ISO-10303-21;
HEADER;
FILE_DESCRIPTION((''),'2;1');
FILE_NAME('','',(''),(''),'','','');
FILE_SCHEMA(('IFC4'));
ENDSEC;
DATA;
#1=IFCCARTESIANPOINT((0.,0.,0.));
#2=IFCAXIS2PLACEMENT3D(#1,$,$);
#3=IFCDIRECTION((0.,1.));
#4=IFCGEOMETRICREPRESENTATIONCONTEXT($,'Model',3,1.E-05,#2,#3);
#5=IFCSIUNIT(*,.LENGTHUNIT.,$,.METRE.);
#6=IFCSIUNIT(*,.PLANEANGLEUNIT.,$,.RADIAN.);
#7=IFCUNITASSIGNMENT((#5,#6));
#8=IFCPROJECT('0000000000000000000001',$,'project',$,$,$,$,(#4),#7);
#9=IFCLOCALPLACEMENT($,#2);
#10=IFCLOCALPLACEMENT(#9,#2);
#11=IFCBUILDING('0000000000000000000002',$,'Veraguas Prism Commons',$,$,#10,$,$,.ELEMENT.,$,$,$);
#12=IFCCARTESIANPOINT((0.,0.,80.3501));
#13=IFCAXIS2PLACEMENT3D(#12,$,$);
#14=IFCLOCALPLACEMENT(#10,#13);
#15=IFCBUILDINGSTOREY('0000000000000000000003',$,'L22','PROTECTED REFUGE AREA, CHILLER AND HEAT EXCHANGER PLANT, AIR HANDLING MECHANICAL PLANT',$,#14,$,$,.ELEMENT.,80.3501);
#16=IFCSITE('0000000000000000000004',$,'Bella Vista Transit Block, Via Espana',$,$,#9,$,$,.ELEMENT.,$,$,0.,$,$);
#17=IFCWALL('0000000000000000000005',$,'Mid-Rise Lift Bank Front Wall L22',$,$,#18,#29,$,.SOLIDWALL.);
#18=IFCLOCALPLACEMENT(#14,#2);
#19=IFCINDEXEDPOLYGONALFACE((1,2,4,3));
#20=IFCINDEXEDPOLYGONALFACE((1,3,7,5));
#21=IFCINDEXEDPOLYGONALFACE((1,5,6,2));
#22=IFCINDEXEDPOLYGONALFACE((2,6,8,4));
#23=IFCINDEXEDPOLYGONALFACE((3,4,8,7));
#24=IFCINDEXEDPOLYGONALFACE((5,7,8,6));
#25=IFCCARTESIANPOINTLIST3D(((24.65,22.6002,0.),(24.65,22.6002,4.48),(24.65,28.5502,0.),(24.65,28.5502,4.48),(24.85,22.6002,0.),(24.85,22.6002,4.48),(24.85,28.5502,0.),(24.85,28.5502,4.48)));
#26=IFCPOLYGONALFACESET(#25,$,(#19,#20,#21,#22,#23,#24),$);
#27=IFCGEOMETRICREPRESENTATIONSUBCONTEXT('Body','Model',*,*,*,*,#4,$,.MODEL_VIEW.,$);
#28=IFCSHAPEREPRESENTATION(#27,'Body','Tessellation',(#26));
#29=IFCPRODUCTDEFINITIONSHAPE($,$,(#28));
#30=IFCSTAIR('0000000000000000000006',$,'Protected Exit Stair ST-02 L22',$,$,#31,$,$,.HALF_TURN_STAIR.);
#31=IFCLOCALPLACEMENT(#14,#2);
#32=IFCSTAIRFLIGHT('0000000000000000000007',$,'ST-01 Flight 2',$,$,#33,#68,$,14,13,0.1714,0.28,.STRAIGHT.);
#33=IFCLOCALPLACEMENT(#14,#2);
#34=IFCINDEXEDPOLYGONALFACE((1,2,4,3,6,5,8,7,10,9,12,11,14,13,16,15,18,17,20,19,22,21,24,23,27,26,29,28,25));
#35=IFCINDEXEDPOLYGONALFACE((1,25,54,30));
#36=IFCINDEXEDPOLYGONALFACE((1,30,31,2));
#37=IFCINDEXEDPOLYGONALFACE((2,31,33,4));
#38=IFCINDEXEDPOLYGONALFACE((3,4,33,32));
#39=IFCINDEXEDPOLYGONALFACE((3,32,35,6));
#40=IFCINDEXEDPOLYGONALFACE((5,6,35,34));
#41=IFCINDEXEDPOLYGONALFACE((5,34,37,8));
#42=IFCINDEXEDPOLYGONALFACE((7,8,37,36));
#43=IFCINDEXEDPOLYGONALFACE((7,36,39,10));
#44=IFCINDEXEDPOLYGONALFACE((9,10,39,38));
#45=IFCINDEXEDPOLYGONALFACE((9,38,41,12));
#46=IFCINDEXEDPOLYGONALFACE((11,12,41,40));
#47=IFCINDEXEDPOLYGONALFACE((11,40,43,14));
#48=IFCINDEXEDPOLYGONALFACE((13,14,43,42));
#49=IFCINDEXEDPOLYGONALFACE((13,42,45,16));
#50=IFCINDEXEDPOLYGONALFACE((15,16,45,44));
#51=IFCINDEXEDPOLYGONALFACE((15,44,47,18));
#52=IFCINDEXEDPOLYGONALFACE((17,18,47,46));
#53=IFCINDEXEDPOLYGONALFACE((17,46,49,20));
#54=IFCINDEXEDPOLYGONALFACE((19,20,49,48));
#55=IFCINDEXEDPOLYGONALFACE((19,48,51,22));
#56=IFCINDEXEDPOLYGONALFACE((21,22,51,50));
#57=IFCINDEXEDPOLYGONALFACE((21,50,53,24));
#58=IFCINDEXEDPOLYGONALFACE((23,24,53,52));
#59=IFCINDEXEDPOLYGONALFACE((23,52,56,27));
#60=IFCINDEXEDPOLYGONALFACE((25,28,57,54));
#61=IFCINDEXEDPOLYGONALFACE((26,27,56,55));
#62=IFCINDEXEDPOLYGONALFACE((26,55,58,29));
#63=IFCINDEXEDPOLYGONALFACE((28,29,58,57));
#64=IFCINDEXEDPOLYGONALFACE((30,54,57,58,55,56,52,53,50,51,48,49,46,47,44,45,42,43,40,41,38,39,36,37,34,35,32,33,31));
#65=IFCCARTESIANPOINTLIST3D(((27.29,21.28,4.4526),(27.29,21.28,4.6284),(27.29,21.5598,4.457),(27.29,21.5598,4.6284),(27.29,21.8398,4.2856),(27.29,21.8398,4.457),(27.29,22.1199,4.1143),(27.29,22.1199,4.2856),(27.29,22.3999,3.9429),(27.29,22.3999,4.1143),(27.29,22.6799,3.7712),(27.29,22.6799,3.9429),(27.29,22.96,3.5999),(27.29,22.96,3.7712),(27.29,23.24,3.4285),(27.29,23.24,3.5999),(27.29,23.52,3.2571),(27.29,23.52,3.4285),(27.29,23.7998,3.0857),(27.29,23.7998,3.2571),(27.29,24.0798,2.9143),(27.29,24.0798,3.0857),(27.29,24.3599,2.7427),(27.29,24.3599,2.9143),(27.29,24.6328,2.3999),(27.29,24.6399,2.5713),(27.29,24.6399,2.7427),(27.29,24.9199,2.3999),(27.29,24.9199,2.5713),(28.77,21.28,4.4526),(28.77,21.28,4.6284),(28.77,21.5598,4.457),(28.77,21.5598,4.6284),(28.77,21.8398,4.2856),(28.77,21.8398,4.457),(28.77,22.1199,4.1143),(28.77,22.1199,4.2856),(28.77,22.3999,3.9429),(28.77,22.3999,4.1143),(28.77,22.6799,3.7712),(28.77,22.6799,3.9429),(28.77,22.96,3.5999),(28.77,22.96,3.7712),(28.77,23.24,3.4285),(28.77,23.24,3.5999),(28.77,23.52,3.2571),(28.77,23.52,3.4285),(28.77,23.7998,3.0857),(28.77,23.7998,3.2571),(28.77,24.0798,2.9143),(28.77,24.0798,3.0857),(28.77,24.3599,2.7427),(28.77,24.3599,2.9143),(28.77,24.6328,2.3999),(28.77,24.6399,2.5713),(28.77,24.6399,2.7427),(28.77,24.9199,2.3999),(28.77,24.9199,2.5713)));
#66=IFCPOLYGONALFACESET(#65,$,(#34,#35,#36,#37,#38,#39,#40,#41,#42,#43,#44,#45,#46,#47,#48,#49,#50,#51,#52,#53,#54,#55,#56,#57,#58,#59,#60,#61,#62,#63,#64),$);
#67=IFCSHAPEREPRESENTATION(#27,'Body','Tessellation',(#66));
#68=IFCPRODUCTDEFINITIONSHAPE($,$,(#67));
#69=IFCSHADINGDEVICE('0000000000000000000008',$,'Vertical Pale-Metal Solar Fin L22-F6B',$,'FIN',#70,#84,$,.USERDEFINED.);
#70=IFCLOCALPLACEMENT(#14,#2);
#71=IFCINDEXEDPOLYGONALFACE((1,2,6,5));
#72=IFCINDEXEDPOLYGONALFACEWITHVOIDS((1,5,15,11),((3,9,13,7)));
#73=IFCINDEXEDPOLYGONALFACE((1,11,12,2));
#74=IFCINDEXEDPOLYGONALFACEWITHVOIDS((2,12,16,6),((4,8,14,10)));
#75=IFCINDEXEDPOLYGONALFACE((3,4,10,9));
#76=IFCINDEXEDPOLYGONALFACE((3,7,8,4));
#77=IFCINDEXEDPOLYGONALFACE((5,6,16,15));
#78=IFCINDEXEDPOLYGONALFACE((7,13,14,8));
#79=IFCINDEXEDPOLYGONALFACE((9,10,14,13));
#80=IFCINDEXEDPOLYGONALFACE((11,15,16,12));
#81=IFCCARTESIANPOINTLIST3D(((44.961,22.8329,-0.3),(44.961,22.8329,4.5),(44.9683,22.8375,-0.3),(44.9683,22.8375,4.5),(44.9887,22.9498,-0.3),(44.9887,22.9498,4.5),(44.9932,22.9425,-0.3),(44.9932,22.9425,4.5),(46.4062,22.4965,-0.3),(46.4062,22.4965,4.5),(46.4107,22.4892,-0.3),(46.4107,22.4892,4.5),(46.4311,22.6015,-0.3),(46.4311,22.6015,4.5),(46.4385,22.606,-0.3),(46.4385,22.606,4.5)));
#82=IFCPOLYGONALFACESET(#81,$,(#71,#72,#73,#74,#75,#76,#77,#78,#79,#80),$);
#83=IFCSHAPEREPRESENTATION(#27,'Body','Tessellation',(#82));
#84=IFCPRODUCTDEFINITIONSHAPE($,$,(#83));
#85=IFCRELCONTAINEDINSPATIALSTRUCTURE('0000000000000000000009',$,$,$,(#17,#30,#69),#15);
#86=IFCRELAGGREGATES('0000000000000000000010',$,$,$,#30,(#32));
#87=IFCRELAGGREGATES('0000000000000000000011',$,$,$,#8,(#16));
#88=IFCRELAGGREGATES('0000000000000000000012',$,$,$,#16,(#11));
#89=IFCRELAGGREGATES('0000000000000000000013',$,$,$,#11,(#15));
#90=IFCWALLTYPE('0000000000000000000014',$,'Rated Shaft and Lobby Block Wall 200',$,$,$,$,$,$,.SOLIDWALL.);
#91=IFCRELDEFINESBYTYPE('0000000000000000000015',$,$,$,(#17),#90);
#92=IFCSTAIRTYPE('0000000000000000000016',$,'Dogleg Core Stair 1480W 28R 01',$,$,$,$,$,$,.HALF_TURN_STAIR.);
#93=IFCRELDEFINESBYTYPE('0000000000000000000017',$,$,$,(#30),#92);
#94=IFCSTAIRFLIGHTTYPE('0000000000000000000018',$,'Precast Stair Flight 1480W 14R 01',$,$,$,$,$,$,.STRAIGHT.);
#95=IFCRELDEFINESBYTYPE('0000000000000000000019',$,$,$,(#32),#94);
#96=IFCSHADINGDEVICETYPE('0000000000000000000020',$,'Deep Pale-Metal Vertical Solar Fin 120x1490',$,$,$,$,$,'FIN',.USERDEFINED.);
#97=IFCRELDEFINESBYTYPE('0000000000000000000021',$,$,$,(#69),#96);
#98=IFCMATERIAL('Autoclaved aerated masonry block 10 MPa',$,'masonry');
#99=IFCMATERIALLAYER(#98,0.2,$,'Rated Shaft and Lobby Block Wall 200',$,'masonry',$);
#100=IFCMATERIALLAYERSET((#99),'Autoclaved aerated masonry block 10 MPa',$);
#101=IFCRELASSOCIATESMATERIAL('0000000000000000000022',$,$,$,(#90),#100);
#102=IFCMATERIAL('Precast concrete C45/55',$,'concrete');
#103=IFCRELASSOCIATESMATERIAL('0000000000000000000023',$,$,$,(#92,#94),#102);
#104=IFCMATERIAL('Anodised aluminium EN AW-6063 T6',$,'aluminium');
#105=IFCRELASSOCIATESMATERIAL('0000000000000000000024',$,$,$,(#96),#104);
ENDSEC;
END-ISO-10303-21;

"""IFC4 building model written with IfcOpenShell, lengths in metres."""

from ifc_helpers import new_model, si_unit, direction, frame, frame_2d, origin, origin_2d, place, context, subcontext, project, spatial, polyline, rectangle, hollow_rectangle, outline, extrude, material, layer, layer_set, material_profile, profile_set, type_object, element, aggregate, save


model = new_model("IFC4")

# Units and contexts
model_context = context("Model", 3, precision=1e-05, world=origin(), true_north=direction((0.0, 1.0)))
body_context = subcontext(model_context, "Body", "Model", "MODEL_VIEW")
ifc_project = project(units=[si_unit("LENGTHUNIT", "METRE"), si_unit("PLANEANGLEUNIT", "RADIAN")], contexts=[model_context])

# Site, building, storey
site_placement = place(None, origin())
site = spatial("IfcSite", under=ifc_project, at=site_placement, Name="Bella Vista Transit Block, Via Espana", CompositionType="ELEMENT", RefElevation=0.0)
building_placement = place(site_placement, origin())
building = spatial("IfcBuilding", under=site, at=building_placement, Name="Veraguas Prism Commons", CompositionType="ELEMENT")
storey_placement = place(building_placement, frame((0.0, 0.0, 80.3501)))
storey = spatial("IfcBuildingStorey", under=building, at=storey_placement, Name="L22", Description="PROTECTED REFUGE AREA, CHILLER AND HEAT EXCHANGER PLANT, AIR HANDLING MECHANICAL PLANT", CompositionType="ELEMENT", Elevation=80.3501)

# Shared definitions
ifc_material_1 = material(Name="Anodised aluminium EN AW-6063 T6", Category="aluminium")

# Wall
ifc_material_2 = material(Name="Autoclaved aerated masonry block 10 MPa", Category="masonry")
ifc_layer_1 = layer(ifc_material_2, 0.2, Name="Rated Shaft and Lobby Block Wall 200", Category="masonry")
ifc_layer_set_1 = layer_set([ifc_layer_1], Name="Autoclaved aerated masonry block 10 MPa")
wall_type_1 = type_object("IfcWallType", Name="Rated Shaft and Lobby Block Wall 200", PredefinedType="SOLIDWALL", material=ifc_layer_set_1)
wall_1_placement = place(storey_placement, frame((24.75, 22.6001, 0.0), z_axis=(0.0, 0.0, 1.0), x_axis=(0.0, 1.0, 0.0)))
element("IfcWall", 1, at=wall_1_placement, inside=storey, type_object=wall_type_1, Name="Mid-Rise Lift Bank Front Wall L22", PredefinedType="SOLIDWALL", context=body_context, shape_type="SweptSolid", body=[
    extrude(rectangle(XDim=5.95, YDim=0.2, at=frame_2d((2.9751, 0.0))), origin(), (0.0, 0.0, 1.0), 4.48),
])

# Stair, stair flight
ifc_material_3 = material(Name="Precast concrete C45/55", Category="concrete")
stair_type = type_object("IfcStairType", Name="Dogleg Core Stair 1480W 28R 01", PredefinedType="HALF_TURN_STAIR", material=ifc_material_3)
stair_placement = place(storey_placement, origin())
stair = element("IfcStair", 2, at=stair_placement, inside=storey, type_object=stair_type, Name="Protected Exit Stair ST-02 L22", PredefinedType="HALF_TURN_STAIR")
stair_flight_type = type_object("IfcStairFlightType", Name="Precast Stair Flight 1480W 14R 01", PredefinedType="STRAIGHT", material=ifc_material_3)
stair_flight_placement = place(storey_placement, frame((28.03, 24.9199, 2.3999), z_axis=(0.0, 0.0, 1.0), x_axis=(0.0, -1.0, 0.0)))
stair_flight = element("IfcStairFlight", 3, at=stair_flight_placement, type_object=stair_flight_type, Name="ST-01 Flight 2", NumberOfRisers=14, NumberOfTreads=13, PredefinedType="STRAIGHT", RiserHeight=0.1714, TreadLength=0.28, context=body_context, shape_type="SweptSolid", body=[
    extrude(outline(polyline([(0.0, 0.0), (0.0, 0.1714), (0.28, 0.1714), (0.28, 0.3428), (0.5601, 0.3428), (0.5601, 0.5144), (0.8401, 0.5144), (0.8401, 0.6858), (1.1201, 0.6858), (1.1201, 0.8572), (1.3999, 0.8572), (1.3999, 1.0286), (1.6799, 1.0286), (1.6799, 1.2), (1.96, 1.2), (1.96, 1.3713), (2.24, 1.3713), (2.24, 1.543), (2.52, 1.543), (2.52, 1.7144), (2.8, 1.7144), (2.8, 1.8857), (3.0801, 1.8857), (3.0801, 2.0571), (3.3601, 2.0571), (3.3601, 2.2285), (3.6399, 2.2285), (3.6399, 2.3999), (3.6399, 2.0527), (0.2871, 0.0), (0.0, 0.0)])), frame((0.0, 0.74, 0.0), z_axis=(0.0, -1.0, 0.0), x_axis=(1.0, 0.0, 0.0)), (0.0, 0.0, 1.0), 1.48),
])
aggregate(stair, [stair_flight])

# Shading device
ifc_material_profile_1 = material_profile(ifc_material_1, hollow_rectangle(XDim=0.1201, YDim=1.49, WallThickness=0.0061, at=origin_2d()), Name="FIN120X1490X6")
ifc_profile_set_1 = profile_set([ifc_material_profile_1], Name="Anodised aluminium EN AW-6063 T6")
shading_device_type = type_object("IfcShadingDeviceType", Name="Deep Pale-Metal Vertical Solar Fin 120x1490", ElementType="FIN", PredefinedType="USERDEFINED", material=ifc_profile_set_1)
shading_device_placement = place(storey_placement, frame((45.6997, 22.7195, -0.3), z_axis=(0.0, 0.0, 1.0), x_axis=(0.230729, 0.973018, 0.0)))
element("IfcShadingDevice", 4, at=shading_device_placement, inside=storey, type_object=shading_device_type, Name="Vertical Pale-Metal Solar Fin L22-F6B", ObjectType="FIN", PredefinedType="USERDEFINED", context=body_context, shape_type="SweptSolid", body=[
    extrude(hollow_rectangle(XDim=0.1201, YDim=1.49, WallThickness=0.0061, at=origin_2d()), origin(), (0.0, 0.0, 1.0), 4.8),
])

save(model, "model.ifc")
